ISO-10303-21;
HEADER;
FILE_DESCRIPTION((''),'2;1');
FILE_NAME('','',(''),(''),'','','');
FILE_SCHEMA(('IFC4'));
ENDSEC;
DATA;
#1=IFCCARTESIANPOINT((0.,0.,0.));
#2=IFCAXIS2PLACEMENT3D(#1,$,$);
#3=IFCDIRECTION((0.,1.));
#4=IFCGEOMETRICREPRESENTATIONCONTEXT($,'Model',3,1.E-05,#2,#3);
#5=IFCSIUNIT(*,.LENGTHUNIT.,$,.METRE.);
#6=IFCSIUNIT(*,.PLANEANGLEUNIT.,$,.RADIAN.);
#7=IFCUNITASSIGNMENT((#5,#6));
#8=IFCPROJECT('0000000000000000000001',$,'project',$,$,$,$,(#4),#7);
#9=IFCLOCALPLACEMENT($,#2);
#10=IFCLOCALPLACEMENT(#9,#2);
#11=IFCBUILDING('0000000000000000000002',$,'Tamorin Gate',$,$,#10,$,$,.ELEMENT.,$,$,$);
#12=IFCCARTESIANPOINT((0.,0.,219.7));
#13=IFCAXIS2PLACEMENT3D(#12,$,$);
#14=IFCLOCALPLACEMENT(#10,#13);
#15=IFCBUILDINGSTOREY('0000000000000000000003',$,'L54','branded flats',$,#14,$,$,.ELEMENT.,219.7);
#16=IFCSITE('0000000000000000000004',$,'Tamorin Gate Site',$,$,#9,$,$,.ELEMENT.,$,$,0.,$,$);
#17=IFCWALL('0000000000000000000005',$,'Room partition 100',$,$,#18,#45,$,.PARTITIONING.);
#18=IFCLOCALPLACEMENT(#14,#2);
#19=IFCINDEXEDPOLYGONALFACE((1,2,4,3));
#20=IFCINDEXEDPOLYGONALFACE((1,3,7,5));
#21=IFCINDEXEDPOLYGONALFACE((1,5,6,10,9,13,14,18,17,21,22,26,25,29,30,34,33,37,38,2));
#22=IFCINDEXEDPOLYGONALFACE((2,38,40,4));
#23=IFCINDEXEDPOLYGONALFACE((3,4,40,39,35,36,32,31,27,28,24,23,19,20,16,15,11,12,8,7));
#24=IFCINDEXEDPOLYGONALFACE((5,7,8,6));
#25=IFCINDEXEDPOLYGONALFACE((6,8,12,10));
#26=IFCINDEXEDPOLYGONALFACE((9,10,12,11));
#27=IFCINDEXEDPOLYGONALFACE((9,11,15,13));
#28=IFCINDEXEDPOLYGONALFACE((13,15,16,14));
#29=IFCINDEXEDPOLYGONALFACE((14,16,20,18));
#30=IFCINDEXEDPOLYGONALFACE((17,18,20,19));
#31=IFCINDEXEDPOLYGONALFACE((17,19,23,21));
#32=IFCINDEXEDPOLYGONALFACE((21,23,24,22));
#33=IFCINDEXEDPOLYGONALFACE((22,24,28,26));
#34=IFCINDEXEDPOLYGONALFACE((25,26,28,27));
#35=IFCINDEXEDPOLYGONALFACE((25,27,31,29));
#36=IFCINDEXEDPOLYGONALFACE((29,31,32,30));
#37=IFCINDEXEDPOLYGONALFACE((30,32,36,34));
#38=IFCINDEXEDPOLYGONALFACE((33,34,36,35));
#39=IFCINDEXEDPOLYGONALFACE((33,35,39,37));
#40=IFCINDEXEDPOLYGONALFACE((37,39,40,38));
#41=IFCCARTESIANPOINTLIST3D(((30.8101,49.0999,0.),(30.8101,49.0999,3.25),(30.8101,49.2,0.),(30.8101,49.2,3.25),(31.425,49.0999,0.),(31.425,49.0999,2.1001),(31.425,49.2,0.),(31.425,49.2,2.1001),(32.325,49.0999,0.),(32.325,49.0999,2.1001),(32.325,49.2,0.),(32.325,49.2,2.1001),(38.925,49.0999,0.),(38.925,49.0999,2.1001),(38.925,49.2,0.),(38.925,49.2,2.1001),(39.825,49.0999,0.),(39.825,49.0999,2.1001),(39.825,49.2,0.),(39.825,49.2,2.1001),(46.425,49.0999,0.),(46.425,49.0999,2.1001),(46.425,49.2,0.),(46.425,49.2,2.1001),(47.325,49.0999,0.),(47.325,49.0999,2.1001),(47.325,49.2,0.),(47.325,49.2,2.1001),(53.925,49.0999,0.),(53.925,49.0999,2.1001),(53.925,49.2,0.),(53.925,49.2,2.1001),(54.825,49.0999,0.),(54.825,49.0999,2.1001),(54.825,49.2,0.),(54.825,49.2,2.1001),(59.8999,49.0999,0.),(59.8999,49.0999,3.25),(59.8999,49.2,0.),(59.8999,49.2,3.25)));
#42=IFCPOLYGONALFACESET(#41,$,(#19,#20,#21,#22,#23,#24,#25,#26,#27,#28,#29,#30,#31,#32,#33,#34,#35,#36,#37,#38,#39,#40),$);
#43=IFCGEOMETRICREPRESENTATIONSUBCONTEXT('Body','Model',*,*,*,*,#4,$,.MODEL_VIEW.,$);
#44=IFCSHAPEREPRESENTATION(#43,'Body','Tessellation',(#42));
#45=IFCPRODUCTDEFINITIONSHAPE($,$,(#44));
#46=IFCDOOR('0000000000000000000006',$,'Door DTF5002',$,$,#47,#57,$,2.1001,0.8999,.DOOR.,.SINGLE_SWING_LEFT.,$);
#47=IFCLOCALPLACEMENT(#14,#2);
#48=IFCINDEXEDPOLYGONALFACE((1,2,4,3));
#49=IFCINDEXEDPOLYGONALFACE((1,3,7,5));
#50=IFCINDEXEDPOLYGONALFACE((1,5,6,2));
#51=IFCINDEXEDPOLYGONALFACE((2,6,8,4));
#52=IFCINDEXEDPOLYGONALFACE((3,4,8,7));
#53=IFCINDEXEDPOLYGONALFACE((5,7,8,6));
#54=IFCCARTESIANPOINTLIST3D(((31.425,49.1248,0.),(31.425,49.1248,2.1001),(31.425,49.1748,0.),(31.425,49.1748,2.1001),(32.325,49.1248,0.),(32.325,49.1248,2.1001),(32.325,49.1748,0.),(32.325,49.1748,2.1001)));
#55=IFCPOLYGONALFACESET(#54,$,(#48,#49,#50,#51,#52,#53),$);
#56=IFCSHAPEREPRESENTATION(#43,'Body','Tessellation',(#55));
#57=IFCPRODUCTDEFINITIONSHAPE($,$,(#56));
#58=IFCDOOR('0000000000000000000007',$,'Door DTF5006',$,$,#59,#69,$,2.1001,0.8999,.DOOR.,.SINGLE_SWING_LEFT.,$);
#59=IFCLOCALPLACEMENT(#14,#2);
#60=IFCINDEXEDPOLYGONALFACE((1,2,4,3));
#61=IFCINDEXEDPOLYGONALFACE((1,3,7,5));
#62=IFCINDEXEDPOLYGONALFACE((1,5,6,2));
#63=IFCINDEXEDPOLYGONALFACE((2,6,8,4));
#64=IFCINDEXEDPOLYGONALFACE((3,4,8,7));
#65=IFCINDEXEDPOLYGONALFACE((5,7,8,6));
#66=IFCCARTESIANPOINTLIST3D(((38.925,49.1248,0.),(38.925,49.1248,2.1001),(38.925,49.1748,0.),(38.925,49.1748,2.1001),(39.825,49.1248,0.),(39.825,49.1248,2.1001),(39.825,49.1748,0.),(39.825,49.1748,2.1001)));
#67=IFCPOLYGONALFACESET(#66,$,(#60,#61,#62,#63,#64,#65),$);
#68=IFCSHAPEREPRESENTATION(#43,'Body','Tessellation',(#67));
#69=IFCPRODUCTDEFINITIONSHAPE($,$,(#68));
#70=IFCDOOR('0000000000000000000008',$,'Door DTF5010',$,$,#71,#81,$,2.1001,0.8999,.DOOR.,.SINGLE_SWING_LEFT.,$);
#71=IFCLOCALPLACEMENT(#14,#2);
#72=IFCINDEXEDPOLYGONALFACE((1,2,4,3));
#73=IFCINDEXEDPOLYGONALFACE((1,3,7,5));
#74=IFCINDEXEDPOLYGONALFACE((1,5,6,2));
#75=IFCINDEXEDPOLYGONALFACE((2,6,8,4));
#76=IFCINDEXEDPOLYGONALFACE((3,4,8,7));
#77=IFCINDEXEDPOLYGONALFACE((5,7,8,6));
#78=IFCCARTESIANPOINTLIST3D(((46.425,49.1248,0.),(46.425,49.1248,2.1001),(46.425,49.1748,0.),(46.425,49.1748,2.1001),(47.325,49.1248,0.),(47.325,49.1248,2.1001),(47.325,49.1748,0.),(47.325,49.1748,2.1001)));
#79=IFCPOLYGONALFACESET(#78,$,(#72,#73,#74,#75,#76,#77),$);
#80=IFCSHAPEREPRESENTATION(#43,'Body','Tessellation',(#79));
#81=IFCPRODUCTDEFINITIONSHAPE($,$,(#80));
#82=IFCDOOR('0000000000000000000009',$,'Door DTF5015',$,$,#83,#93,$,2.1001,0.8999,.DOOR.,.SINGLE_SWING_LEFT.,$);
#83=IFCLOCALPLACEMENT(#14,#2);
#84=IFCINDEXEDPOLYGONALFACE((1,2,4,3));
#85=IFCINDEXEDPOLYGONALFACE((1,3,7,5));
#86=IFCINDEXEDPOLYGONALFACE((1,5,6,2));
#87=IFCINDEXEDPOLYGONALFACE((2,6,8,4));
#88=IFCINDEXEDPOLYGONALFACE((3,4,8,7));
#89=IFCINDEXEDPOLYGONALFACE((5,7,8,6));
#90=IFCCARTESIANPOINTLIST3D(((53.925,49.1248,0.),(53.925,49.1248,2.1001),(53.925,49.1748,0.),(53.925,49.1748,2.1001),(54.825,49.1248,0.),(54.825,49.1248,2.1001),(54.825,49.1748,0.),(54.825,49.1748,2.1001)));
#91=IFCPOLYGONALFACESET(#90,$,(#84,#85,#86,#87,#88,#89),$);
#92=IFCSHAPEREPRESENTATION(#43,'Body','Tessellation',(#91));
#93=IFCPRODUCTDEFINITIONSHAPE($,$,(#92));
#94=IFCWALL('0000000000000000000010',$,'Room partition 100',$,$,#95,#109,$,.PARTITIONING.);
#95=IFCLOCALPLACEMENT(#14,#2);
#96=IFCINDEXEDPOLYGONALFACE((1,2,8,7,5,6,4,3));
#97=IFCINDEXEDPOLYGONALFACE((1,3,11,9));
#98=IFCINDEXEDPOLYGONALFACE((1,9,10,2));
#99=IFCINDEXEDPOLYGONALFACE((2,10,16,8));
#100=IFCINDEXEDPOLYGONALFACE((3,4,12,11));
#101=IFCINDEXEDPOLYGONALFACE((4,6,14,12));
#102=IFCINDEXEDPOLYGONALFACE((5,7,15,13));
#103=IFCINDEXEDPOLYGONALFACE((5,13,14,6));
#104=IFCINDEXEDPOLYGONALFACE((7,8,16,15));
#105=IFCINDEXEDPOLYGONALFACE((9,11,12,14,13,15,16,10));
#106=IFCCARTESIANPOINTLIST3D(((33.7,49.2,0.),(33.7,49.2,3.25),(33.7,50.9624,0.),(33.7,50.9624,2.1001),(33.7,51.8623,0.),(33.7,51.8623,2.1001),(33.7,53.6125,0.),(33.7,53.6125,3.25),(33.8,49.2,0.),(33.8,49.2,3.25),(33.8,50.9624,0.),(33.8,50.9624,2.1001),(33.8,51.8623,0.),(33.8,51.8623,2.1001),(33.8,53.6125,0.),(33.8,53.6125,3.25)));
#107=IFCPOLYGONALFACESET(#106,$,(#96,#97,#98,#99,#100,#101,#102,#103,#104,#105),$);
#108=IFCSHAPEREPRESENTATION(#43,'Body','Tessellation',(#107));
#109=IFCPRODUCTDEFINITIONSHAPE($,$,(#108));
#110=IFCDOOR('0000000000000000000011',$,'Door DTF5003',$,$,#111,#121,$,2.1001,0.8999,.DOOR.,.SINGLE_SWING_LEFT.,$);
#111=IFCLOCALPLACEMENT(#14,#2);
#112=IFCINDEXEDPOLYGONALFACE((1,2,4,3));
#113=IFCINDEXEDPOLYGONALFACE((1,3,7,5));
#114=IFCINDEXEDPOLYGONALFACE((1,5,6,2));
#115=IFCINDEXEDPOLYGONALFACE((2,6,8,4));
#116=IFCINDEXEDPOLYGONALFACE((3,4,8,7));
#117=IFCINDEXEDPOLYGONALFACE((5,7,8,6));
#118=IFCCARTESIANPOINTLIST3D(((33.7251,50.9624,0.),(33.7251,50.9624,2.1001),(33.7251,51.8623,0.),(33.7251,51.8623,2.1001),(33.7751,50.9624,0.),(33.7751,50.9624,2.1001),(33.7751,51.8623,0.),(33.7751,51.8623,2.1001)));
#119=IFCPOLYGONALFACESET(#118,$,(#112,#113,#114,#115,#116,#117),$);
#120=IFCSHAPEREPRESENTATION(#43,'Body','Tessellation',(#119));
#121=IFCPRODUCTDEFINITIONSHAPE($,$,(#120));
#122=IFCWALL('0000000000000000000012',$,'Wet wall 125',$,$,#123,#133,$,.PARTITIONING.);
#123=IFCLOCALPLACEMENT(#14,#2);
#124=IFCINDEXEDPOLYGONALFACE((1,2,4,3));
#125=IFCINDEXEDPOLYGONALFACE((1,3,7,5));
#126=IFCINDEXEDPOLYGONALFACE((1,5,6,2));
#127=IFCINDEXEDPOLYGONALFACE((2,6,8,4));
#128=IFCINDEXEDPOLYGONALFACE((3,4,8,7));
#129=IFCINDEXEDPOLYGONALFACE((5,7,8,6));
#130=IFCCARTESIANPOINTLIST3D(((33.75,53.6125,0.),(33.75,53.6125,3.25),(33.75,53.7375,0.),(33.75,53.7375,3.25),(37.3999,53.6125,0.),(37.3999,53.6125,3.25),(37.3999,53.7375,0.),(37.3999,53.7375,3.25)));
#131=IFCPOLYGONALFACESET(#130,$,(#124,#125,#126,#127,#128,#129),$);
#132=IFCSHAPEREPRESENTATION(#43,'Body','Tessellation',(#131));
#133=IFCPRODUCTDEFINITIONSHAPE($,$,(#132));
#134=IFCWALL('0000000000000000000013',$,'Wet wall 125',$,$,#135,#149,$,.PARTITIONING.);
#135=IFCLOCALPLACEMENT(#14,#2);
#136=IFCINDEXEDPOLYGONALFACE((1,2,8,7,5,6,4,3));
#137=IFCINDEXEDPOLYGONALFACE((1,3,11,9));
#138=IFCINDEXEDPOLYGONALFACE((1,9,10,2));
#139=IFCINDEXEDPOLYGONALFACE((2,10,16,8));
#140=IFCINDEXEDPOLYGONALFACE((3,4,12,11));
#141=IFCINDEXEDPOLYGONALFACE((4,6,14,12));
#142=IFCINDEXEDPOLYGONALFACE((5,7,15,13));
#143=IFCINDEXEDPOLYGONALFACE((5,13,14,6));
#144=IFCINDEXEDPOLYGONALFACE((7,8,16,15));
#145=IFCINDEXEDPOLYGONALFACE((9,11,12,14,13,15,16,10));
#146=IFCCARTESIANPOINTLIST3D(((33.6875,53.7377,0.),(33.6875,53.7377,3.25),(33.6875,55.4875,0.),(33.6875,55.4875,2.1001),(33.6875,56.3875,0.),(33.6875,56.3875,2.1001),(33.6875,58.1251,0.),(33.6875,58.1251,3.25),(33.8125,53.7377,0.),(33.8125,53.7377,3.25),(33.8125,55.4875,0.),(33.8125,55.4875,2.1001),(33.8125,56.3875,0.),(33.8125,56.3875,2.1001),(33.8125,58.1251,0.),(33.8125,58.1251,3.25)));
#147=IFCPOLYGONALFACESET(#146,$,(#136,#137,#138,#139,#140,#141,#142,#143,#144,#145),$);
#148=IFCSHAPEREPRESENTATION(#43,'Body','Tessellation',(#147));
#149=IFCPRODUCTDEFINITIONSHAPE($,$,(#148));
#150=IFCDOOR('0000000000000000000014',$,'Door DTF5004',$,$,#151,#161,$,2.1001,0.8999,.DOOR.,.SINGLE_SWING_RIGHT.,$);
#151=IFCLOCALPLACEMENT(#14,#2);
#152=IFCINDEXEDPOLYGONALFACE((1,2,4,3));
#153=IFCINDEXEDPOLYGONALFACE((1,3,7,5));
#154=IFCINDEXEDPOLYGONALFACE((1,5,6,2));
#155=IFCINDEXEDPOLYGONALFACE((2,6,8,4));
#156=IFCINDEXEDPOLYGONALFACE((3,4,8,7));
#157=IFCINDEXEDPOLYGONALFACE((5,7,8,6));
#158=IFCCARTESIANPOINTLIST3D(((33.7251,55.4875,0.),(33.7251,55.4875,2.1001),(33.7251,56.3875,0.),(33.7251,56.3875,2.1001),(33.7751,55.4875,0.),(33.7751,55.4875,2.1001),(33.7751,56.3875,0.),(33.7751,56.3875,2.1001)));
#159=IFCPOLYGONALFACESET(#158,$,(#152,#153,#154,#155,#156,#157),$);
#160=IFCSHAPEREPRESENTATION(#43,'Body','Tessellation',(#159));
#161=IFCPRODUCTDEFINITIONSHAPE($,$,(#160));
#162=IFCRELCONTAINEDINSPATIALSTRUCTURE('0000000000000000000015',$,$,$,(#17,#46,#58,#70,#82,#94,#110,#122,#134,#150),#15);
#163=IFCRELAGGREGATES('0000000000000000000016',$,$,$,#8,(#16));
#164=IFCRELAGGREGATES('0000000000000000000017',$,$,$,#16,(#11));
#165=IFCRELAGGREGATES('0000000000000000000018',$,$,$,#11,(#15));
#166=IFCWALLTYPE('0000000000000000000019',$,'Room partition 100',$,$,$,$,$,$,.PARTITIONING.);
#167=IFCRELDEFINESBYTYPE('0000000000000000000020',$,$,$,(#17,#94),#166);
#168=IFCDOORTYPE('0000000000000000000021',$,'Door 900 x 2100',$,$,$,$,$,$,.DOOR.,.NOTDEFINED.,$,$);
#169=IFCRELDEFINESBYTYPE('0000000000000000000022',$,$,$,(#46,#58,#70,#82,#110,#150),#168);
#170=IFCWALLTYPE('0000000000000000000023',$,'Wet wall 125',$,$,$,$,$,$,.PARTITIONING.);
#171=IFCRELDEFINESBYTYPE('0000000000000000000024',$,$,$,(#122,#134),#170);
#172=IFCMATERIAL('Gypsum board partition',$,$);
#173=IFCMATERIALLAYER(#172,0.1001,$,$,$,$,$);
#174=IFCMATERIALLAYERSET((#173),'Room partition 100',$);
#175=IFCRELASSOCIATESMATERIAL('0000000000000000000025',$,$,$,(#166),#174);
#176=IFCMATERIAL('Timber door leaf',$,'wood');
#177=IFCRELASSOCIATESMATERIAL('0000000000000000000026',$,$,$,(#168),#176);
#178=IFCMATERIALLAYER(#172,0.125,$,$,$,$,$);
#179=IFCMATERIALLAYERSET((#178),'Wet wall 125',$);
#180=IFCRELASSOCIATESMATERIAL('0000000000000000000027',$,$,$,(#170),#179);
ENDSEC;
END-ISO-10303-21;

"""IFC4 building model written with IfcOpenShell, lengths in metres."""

from ifc_helpers import new_model, si_unit, direction, frame, frame_2d, origin, place, context, subcontext, project, spatial, rectangle, extrude, material, layer, layer_set, type_object, element, fill, save


model = new_model("IFC4")

# Units and contexts
model_context = context("Model", 3, precision=1e-05, world=origin(), true_north=direction((0.0, 1.0)))
body_context = subcontext(model_context, "Body", "Model", "MODEL_VIEW")
ifc_project = project(units=[si_unit("LENGTHUNIT", "METRE"), si_unit("PLANEANGLEUNIT", "RADIAN")], contexts=[model_context])

# Site, building, storey
site_placement = place(None, origin())
site = spatial("IfcSite", under=ifc_project, at=site_placement, Name="Tamorin Gate Site", CompositionType="ELEMENT", RefElevation=0.0)
building_placement = place(site_placement, origin())
building = spatial("IfcBuilding", under=site, at=building_placement, Name="Tamorin Gate", CompositionType="ELEMENT")
storey_placement = place(building_placement, frame((0.0, 0.0, 219.7)))
storey = spatial("IfcBuildingStorey", under=building, at=storey_placement, Name="L54", Description="branded flats", CompositionType="ELEMENT", Elevation=219.7)

# Shared definitions
ifc_material_1 = material(Name="Gypsum board partition")
ifc_material_2 = material(Name="Timber door leaf", Category="wood")

# Wall, openings, doors
ifc_layer_1 = layer(ifc_material_1, 0.1001)
ifc_layer_set_1 = layer_set([ifc_layer_1], Name="Room partition 100")
wall_type_1 = type_object("IfcWallType", Name="Room partition 100", PredefinedType="PARTITIONING", material=ifc_layer_set_1)
wall_1_placement = place(storey_placement, frame((30.8101, 49.1499, 0.0), z_axis=(0.0, 0.0, 1.0), x_axis=(1.0, 0.0, 0.0)))
wall_1 = element("IfcWall", 1, at=wall_1_placement, inside=storey, type_object=wall_type_1, Name="Room partition 100", PredefinedType="PARTITIONING", context=body_context, shape_type="SweptSolid", body=[
    extrude(rectangle(XDim=29.0898, YDim=0.1001, at=frame_2d((14.5449, 0.0))), origin(), (0.0, 0.0, 1.0), 3.25),
])
opening_1_placement = place(wall_1_placement, frame((0.615, 0.0, 0.0)))
opening_1 = element("IfcOpeningElement", 2, at=opening_1_placement, cuts=wall_1, PredefinedType="OPENING", context=body_context, shape_type="SweptSolid", body=[
    extrude(rectangle(XDim=0.8999, YDim=2.1001, at=frame_2d((0.45, 1.05))), frame((0.0, 0.0601, 0.0), z_axis=(0.0, -1.0, 0.0), x_axis=(1.0, 0.0, 0.0)), (0.0, 0.0, 1.0), 0.1201),
])
opening_2_placement = place(wall_1_placement, frame((8.115, 0.0, 0.0)))
opening_2 = element("IfcOpeningElement", 3, at=opening_2_placement, cuts=wall_1, PredefinedType="OPENING", context=body_context, shape_type="SweptSolid", body=[
    extrude(rectangle(XDim=0.8999, YDim=2.1001, at=frame_2d((0.45, 1.05))), frame((0.0, 0.0601, 0.0), z_axis=(0.0, -1.0, 0.0), x_axis=(1.0, 0.0, 0.0)), (0.0, 0.0, 1.0), 0.1201),
])
opening_3_placement = place(wall_1_placement, frame((15.615, 0.0, 0.0)))
opening_3 = element("IfcOpeningElement", 4, at=opening_3_placement, cuts=wall_1, PredefinedType="OPENING", context=body_context, shape_type="SweptSolid", body=[
    extrude(rectangle(XDim=0.8999, YDim=2.1001, at=frame_2d((0.45, 1.05))), frame((0.0, 0.0601, 0.0), z_axis=(0.0, -1.0, 0.0), x_axis=(1.0, 0.0, 0.0)), (0.0, 0.0, 1.0), 0.1201),
])
opening_4_placement = place(wall_1_placement, frame((23.115, 0.0, 0.0)))
opening_4 = element("IfcOpeningElement", 5, at=opening_4_placement, cuts=wall_1, PredefinedType="OPENING", context=body_context, shape_type="SweptSolid", body=[
    extrude(rectangle(XDim=0.8999, YDim=2.1001, at=frame_2d((0.45, 1.05))), frame((0.0, 0.0601, 0.0), z_axis=(0.0, -1.0, 0.0), x_axis=(1.0, 0.0, 0.0)), (0.0, 0.0, 1.0), 0.1201),
])
door_type_1 = type_object("IfcDoorType", Name="Door 900 x 2100", OperationType="NOTDEFINED", PredefinedType="DOOR", material=ifc_material_2)
door_1_placement = place(opening_1_placement, origin())
door_1 = element("IfcDoor", 6, at=door_1_placement, inside=storey, type_object=door_type_1, Name="Door DTF5002", OperationType="SINGLE_SWING_LEFT", OverallHeight=2.1001, OverallWidth=0.8999, PredefinedType="DOOR", context=body_context, shape_type="SweptSolid", body=[
    extrude(rectangle(XDim=0.8999, YDim=2.1001, at=frame_2d((0.45, 1.05))), frame((0.0, 0.0249, 0.0), z_axis=(0.0, -1.0, 0.0), x_axis=(1.0, 0.0, 0.0)), (0.0, 0.0, 1.0), 0.05),
])
fill(opening_1, door_1)
door_2_placement = place(opening_2_placement, origin())
door_2 = element("IfcDoor", 7, at=door_2_placement, inside=storey, type_object=door_type_1, Name="Door DTF5006", OperationType="SINGLE_SWING_LEFT", OverallHeight=2.1001, OverallWidth=0.8999, PredefinedType="DOOR", context=body_context, shape_type="SweptSolid", body=[
    extrude(rectangle(XDim=0.8999, YDim=2.1001, at=frame_2d((0.45, 1.05))), frame((0.0, 0.0249, 0.0), z_axis=(0.0, -1.0, 0.0), x_axis=(1.0, 0.0, 0.0)), (0.0, 0.0, 1.0), 0.05),
])
fill(opening_2, door_2)
door_3_placement = place(opening_3_placement, origin())
door_3 = element("IfcDoor", 8, at=door_3_placement, inside=storey, type_object=door_type_1, Name="Door DTF5010", OperationType="SINGLE_SWING_LEFT", OverallHeight=2.1001, OverallWidth=0.8999, PredefinedType="DOOR", context=body_context, shape_type="SweptSolid", body=[
    extrude(rectangle(XDim=0.8999, YDim=2.1001, at=frame_2d((0.45, 1.05))), frame((0.0, 0.0249, 0.0), z_axis=(0.0, -1.0, 0.0), x_axis=(1.0, 0.0, 0.0)), (0.0, 0.0, 1.0), 0.05),
])
fill(opening_3, door_3)
door_4_placement = place(opening_4_placement, origin())
door_4 = element("IfcDoor", 9, at=door_4_placement, inside=storey, type_object=door_type_1, Name="Door DTF5015", OperationType="SINGLE_SWING_LEFT", OverallHeight=2.1001, OverallWidth=0.8999, PredefinedType="DOOR", context=body_context, shape_type="SweptSolid", body=[
    extrude(rectangle(XDim=0.8999, YDim=2.1001, at=frame_2d((0.45, 1.05))), frame((0.0, 0.0249, 0.0), z_axis=(0.0, -1.0, 0.0), x_axis=(1.0, 0.0, 0.0)), (0.0, 0.0, 1.0), 0.05),
])
fill(opening_4, door_4)

# Wall, opening, door
wall_2_placement = place(storey_placement, frame((33.75, 49.2, 0.0), z_axis=(0.0, 0.0, 1.0), x_axis=(0.0, 1.0, 0.0)))
wall_2 = element("IfcWall", 10, at=wall_2_placement, inside=storey, type_object=wall_type_1, Name="Room partition 100", PredefinedType="PARTITIONING", context=body_context, shape_type="SweptSolid", body=[
    extrude(rectangle(XDim=4.4126, YDim=0.1001, at=frame_2d((2.2063, 0.0))), origin(), (0.0, 0.0, 1.0), 3.25),
])
opening_5_placement = place(wall_2_placement, frame((1.7625, 0.0, 0.0)))
opening_5 = element("IfcOpeningElement", 11, at=opening_5_placement, cuts=wall_2, PredefinedType="OPENING", context=body_context, shape_type="SweptSolid", body=[
    extrude(rectangle(XDim=0.8999, YDim=2.1001, at=frame_2d((0.45, 1.05))), frame((0.0, 0.0601, 0.0), z_axis=(0.0, -1.0, 0.0), x_axis=(1.0, 0.0, 0.0)), (0.0, 0.0, 1.0), 0.1201),
])
door_5_placement = place(opening_5_placement, origin())
door_5 = element("IfcDoor", 12, at=door_5_placement, inside=storey, type_object=door_type_1, Name="Door DTF5003", OperationType="SINGLE_SWING_LEFT", OverallHeight=2.1001, OverallWidth=0.8999, PredefinedType="DOOR", context=body_context, shape_type="SweptSolid", body=[
    extrude(rectangle(XDim=0.8999, YDim=2.1001, at=frame_2d((0.45, 1.05))), frame((0.0, 0.0249, 0.0), z_axis=(0.0, -1.0, 0.0), x_axis=(1.0, 0.0, 0.0)), (0.0, 0.0, 1.0), 0.05),
])
fill(opening_5, door_5)

# Wall
ifc_layer_2 = layer(ifc_material_1, 0.125)
ifc_layer_set_2 = layer_set([ifc_layer_2], Name="Wet wall 125")
wall_type_2 = type_object("IfcWallType", Name="Wet wall 125", PredefinedType="PARTITIONING", material=ifc_layer_set_2)
wall_3_placement = place(storey_placement, frame((33.75, 53.675, 0.0), z_axis=(0.0, 0.0, 1.0), x_axis=(1.0, 0.0, 0.0)))
element("IfcWall", 13, at=wall_3_placement, inside=storey, type_object=wall_type_2, Name="Wet wall 125", PredefinedType="PARTITIONING", context=body_context, shape_type="SweptSolid", body=[
    extrude(rectangle(XDim=3.6499, YDim=0.125, at=frame_2d((1.825, 0.0))), origin(), (0.0, 0.0, 1.0), 3.25),
])

# Wall, opening, door
wall_4_placement = place(storey_placement, frame((33.75, 53.7375, 0.0), z_axis=(0.0, 0.0, 1.0), x_axis=(0.0, 1.0, 0.0)))
wall_4 = element("IfcWall", 14, at=wall_4_placement, inside=storey, type_object=wall_type_2, Name="Wet wall 125", PredefinedType="PARTITIONING", context=body_context, shape_type="SweptSolid", body=[
    extrude(rectangle(XDim=4.3875, YDim=0.125, at=frame_2d((2.1938, 0.0))), origin(), (0.0, 0.0, 1.0), 3.25),
])
opening_6_placement = place(wall_4_placement, frame((1.75, 0.0, 0.0)))
opening_6 = element("IfcOpeningElement", 15, at=opening_6_placement, cuts=wall_4, PredefinedType="OPENING", context=body_context, shape_type="SweptSolid", body=[
    extrude(rectangle(XDim=0.8999, YDim=2.1001, at=frame_2d((0.45, 1.05))), frame((0.0, 0.0725, 0.0), z_axis=(0.0, -1.0, 0.0), x_axis=(1.0, 0.0, 0.0)), (0.0, 0.0, 1.0), 0.145),
])
door_6_placement = place(opening_6_placement, origin())
door_6 = element("IfcDoor", 16, at=door_6_placement, inside=storey, type_object=door_type_1, Name="Door DTF5004", OperationType="SINGLE_SWING_RIGHT", OverallHeight=2.1001, OverallWidth=0.8999, PredefinedType="DOOR", context=body_context, shape_type="SweptSolid", body=[
    extrude(rectangle(XDim=0.8999, YDim=2.1001, at=frame_2d((0.45, 1.05))), frame((0.0, 0.0249, 0.0), z_axis=(0.0, -1.0, 0.0), x_axis=(1.0, 0.0, 0.0)), (0.0, 0.0, 1.0), 0.05),
])
fill(opening_6, door_6)

save(model, "model.ifc")
